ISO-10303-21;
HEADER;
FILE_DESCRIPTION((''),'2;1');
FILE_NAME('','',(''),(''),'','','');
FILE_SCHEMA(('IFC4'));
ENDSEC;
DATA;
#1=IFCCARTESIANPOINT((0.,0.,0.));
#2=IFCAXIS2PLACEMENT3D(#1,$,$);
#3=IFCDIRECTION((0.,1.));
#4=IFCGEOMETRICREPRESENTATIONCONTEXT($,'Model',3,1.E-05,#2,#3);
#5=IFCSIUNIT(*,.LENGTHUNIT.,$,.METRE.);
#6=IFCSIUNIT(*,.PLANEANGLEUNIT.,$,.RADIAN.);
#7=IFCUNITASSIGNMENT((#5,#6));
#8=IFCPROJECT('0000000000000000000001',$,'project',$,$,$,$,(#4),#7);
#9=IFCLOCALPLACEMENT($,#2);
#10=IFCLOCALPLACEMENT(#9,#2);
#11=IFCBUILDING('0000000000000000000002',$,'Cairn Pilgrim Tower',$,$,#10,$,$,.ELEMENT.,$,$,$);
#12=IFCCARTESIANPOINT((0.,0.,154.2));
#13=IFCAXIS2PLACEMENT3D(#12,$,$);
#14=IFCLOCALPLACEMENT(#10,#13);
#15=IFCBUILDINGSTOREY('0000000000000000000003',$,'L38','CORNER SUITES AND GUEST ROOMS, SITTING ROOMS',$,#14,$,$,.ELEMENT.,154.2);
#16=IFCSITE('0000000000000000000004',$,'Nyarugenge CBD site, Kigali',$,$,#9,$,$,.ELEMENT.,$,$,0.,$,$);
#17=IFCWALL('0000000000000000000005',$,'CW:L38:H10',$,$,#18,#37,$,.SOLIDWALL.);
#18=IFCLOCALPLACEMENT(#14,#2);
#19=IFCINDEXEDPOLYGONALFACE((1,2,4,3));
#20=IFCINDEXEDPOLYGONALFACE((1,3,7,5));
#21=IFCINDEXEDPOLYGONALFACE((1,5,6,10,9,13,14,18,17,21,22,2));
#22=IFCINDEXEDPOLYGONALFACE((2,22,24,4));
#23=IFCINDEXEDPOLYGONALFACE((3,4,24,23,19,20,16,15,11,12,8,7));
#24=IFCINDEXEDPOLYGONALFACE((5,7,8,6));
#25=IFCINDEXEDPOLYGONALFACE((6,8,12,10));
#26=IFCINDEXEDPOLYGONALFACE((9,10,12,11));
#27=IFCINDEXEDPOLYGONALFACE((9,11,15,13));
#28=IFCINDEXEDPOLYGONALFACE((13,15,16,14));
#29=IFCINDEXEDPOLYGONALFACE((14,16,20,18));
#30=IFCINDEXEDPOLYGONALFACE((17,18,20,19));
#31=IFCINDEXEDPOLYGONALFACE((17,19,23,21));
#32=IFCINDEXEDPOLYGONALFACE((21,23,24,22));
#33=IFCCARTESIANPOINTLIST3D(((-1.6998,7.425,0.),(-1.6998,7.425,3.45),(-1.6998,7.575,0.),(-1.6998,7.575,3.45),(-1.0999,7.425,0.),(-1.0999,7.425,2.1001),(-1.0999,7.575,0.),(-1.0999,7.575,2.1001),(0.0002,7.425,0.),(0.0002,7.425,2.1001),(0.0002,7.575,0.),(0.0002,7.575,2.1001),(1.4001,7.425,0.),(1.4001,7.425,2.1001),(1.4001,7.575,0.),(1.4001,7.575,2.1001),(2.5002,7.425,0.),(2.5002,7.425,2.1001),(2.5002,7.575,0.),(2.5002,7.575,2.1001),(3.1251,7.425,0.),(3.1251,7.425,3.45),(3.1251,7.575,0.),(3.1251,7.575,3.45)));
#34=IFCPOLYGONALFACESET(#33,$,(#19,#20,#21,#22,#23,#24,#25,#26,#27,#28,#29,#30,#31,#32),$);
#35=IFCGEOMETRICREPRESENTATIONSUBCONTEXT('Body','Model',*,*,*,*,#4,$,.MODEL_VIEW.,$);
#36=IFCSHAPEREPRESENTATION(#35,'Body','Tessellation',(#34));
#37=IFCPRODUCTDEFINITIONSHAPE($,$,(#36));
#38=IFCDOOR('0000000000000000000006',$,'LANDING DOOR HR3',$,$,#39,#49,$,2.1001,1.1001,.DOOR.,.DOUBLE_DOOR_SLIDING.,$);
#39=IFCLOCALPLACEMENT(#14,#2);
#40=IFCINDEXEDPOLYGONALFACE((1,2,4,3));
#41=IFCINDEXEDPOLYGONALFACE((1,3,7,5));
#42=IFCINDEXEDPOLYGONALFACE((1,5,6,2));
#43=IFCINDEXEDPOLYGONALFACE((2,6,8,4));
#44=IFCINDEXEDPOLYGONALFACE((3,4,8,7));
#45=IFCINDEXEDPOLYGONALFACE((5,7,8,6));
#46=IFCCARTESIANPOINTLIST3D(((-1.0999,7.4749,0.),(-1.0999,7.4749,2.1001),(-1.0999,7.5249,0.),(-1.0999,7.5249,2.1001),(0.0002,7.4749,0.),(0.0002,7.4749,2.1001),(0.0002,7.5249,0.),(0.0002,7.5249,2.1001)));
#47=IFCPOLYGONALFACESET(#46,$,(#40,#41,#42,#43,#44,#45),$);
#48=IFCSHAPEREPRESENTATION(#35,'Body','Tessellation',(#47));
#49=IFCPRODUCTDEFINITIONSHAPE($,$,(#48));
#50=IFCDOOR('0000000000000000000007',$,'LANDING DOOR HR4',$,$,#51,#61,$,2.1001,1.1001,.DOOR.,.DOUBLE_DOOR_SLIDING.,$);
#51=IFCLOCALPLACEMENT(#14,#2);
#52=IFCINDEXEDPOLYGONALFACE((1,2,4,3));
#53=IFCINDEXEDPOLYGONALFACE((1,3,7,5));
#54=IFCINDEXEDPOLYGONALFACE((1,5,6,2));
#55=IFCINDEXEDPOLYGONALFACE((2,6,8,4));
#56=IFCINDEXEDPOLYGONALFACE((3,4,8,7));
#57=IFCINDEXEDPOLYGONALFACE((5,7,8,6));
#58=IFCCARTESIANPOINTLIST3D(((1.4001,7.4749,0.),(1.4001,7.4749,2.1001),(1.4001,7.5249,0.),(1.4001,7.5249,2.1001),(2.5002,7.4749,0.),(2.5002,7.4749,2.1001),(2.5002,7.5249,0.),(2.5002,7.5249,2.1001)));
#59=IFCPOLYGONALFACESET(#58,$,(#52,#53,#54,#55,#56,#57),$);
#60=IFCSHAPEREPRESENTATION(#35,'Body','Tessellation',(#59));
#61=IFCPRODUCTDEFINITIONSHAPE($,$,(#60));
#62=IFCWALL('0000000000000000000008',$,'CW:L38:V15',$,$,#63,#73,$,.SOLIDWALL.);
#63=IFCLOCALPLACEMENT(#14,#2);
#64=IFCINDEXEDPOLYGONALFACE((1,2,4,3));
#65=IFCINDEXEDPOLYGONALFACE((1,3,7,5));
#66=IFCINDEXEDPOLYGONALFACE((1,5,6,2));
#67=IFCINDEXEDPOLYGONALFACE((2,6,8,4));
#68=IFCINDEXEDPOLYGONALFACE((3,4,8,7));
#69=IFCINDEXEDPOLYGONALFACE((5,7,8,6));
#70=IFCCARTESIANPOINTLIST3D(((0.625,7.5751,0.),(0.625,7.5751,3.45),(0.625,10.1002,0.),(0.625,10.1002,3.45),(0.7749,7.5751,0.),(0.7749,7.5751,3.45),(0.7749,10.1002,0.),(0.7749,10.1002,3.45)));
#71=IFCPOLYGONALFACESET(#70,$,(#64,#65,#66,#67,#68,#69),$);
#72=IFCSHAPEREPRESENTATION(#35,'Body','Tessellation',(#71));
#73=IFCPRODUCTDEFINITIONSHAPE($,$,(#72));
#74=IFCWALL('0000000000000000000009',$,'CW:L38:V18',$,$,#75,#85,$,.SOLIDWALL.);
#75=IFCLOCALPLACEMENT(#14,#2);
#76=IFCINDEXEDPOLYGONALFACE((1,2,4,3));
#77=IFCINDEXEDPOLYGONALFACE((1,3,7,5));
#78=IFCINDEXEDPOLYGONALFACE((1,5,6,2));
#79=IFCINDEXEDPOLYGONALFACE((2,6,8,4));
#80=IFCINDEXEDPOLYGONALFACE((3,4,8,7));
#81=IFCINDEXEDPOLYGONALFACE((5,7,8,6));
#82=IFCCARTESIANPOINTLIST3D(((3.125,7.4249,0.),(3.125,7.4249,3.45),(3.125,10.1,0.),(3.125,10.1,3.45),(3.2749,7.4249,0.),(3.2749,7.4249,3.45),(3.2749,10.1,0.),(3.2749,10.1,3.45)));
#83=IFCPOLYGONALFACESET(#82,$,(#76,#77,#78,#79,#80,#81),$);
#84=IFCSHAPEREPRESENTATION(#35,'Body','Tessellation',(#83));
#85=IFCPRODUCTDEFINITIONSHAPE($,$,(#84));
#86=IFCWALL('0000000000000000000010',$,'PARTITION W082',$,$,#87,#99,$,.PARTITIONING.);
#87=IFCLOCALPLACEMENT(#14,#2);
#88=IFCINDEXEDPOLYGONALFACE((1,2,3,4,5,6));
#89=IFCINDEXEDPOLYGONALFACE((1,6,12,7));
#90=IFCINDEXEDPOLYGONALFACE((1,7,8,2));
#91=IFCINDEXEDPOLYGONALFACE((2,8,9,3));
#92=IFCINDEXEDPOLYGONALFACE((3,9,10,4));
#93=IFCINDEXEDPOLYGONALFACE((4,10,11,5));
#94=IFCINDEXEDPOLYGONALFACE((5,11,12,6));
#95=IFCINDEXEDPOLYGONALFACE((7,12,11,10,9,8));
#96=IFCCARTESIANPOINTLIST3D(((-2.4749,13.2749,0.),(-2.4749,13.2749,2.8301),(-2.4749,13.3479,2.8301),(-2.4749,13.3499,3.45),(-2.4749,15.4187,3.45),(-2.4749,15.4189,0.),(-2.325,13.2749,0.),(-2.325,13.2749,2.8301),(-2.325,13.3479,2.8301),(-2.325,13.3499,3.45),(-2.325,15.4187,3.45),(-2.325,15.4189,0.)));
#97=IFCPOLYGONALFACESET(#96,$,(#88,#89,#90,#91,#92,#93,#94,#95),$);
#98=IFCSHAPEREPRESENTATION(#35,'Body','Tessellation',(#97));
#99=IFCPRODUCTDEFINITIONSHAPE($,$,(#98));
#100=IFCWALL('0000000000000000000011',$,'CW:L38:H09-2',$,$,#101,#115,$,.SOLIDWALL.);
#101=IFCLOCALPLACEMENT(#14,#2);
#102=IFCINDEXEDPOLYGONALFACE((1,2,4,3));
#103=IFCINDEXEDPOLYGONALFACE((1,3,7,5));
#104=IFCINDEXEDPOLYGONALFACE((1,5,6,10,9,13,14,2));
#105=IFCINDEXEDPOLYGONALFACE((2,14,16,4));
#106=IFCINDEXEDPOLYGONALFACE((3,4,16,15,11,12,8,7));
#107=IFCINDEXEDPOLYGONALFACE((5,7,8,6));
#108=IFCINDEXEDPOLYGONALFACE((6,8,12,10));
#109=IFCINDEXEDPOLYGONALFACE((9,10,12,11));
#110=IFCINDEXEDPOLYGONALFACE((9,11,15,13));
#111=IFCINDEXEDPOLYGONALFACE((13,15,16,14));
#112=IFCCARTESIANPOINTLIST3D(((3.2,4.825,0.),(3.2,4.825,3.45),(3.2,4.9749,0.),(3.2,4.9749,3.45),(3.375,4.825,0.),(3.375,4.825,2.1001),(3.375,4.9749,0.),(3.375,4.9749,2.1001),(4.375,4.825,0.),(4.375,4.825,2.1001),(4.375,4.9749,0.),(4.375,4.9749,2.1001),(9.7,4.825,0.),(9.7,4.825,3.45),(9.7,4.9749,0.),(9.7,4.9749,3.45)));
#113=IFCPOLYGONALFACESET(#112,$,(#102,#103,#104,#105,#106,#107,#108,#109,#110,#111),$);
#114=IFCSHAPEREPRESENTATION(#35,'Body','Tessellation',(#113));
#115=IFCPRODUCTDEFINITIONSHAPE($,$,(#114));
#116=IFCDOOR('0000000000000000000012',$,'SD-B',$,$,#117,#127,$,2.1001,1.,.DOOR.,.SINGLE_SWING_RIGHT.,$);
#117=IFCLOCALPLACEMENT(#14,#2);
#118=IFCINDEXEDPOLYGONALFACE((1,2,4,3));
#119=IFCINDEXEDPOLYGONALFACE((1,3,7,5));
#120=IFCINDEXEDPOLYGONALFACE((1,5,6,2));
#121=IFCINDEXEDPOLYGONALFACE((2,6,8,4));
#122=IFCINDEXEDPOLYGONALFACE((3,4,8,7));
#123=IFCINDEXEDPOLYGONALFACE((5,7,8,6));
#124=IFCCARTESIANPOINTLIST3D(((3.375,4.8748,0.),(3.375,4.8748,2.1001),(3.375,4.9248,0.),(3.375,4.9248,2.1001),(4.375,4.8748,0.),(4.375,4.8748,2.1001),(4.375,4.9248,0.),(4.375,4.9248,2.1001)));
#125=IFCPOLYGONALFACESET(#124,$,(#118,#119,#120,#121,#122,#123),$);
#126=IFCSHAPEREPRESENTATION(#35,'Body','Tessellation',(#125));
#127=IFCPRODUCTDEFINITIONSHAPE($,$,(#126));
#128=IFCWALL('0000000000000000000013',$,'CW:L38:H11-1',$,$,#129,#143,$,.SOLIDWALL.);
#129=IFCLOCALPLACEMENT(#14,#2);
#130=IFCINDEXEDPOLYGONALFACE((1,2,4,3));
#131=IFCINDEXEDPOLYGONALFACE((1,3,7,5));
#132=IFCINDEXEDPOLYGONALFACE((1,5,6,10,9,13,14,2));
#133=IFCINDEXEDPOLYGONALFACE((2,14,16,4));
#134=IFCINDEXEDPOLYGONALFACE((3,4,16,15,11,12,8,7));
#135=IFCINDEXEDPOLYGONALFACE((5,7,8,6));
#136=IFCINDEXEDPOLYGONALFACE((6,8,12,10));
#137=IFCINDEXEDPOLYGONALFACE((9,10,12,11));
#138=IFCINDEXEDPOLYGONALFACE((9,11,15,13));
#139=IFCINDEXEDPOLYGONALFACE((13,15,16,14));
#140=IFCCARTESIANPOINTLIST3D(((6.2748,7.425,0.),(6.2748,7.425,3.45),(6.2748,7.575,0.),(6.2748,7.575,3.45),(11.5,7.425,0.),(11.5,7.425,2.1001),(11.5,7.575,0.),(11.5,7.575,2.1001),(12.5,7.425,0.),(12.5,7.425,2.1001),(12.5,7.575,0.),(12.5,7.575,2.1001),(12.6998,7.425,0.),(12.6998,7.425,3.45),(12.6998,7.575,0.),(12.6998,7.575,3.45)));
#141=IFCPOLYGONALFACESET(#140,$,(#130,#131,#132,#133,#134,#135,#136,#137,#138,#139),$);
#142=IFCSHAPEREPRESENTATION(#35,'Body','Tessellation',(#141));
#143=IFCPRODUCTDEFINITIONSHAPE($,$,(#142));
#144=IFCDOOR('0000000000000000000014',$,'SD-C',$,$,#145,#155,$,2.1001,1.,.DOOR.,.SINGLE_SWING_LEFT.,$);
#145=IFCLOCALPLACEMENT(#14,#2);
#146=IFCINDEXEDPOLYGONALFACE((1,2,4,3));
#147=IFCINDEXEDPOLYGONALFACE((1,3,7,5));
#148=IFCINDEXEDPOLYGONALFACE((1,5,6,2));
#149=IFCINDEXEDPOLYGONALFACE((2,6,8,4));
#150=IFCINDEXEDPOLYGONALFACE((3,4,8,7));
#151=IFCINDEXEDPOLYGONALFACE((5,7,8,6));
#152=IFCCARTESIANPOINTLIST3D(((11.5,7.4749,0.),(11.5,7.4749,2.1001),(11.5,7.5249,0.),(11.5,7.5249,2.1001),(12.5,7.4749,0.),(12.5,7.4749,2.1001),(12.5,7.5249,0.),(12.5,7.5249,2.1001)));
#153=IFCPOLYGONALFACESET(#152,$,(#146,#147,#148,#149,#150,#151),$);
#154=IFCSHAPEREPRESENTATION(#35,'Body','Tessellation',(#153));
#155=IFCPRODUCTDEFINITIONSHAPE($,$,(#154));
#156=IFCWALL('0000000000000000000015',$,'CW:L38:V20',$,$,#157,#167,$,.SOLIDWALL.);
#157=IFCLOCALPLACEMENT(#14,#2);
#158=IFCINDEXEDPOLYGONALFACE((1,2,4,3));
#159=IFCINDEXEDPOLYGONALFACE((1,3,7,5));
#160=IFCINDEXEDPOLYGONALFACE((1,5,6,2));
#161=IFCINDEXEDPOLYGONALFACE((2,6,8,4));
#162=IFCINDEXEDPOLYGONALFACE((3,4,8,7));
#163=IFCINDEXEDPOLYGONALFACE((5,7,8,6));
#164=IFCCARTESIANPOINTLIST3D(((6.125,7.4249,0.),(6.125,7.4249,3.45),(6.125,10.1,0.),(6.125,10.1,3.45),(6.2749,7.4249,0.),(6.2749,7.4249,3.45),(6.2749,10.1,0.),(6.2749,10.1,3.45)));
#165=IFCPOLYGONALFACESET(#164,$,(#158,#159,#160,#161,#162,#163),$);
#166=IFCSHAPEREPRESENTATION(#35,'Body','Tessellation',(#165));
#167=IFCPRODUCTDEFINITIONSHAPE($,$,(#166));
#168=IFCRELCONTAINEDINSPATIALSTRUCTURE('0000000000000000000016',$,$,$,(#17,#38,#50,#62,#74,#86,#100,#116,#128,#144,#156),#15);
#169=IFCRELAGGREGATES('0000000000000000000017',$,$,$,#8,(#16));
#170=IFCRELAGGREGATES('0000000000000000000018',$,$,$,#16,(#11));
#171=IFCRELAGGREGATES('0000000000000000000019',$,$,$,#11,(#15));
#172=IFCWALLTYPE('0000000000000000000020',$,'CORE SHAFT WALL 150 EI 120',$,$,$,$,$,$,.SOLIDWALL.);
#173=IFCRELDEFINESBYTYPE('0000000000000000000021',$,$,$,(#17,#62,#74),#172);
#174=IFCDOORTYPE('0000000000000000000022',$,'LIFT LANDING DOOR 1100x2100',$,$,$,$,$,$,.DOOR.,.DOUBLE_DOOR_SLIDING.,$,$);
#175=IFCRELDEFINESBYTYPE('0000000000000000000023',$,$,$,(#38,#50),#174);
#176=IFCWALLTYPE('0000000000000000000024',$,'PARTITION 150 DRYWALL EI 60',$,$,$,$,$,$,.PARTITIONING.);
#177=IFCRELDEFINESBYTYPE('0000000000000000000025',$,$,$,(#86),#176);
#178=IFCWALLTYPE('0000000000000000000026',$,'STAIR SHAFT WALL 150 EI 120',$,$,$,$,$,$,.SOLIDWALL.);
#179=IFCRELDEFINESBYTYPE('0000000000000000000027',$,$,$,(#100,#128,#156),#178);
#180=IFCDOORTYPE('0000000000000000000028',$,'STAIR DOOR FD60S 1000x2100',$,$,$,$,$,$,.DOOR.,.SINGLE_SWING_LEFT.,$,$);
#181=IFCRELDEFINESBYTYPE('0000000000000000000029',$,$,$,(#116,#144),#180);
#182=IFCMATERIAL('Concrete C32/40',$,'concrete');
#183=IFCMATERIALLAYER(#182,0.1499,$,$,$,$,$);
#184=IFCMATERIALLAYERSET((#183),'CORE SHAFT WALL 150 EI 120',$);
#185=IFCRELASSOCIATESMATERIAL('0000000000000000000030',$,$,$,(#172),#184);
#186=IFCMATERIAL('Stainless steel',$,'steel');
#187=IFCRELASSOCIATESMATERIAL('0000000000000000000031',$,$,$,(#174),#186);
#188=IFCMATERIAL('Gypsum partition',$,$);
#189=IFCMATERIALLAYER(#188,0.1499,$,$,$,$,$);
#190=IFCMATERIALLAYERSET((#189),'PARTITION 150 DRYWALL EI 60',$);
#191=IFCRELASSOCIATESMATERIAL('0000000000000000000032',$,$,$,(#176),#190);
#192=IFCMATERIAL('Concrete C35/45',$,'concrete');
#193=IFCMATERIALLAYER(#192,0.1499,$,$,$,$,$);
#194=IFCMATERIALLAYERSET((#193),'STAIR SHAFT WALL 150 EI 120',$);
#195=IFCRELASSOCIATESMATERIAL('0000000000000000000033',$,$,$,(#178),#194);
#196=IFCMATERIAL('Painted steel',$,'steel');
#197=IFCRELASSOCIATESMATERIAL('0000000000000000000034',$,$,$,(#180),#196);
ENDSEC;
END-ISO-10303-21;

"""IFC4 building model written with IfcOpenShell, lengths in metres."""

from ifc_helpers import new_model, si_unit, direction, frame, frame_2d, origin, place, context, subcontext, project, spatial, polyline, rectangle, outline, extrude, material, layer, layer_set, type_object, element, fill, save


model = new_model("IFC4")

# Units and contexts
model_context = context("Model", 3, precision=1e-05, world=origin(), true_north=direction((0.0, 1.0)))
body_context = subcontext(model_context, "Body", "Model", "MODEL_VIEW")
ifc_project = project(units=[si_unit("LENGTHUNIT", "METRE"), si_unit("PLANEANGLEUNIT", "RADIAN")], contexts=[model_context])

# Site, building, storey
site_placement = place(None, origin())
site = spatial("IfcSite", under=ifc_project, at=site_placement, Name="Nyarugenge CBD site, Kigali", CompositionType="ELEMENT", RefElevation=0.0)
building_placement = place(site_placement, origin())
building = spatial("IfcBuilding", under=site, at=building_placement, Name="Cairn Pilgrim Tower", CompositionType="ELEMENT")
storey_placement = place(building_placement, frame((0.0, 0.0, 154.2)))
storey = spatial("IfcBuildingStorey", under=building, at=storey_placement, Name="L38", Description="CORNER SUITES AND GUEST ROOMS, SITTING ROOMS", CompositionType="ELEMENT", Elevation=154.2)

# Shared definitions
ifc_material_1 = material(Name="Concrete C32/40", Category="concrete")

# Wall, openings, doors
ifc_layer_1 = layer(ifc_material_1, 0.1499)
ifc_layer_set_1 = layer_set([ifc_layer_1], Name="CORE SHAFT WALL 150 EI 120")
wall_type_1 = type_object("IfcWallType", Name="CORE SHAFT WALL 150 EI 120", PredefinedType="SOLIDWALL", material=ifc_layer_set_1)
ifc_material_2 = material(Name="Stainless steel", Category="steel")
door_type_1 = type_object("IfcDoorType", Name="LIFT LANDING DOOR 1100x2100", OperationType="DOUBLE_DOOR_SLIDING", PredefinedType="DOOR", material=ifc_material_2)
wall_1_placement = place(storey_placement, frame((-1.7, 7.5, 0.0), z_axis=(0.0, 0.0, 1.0), x_axis=(1.0, 0.0, 0.0)))
wall_1 = element("IfcWall", 1, at=wall_1_placement, inside=storey, type_object=wall_type_1, Name="CW:L38:H10", PredefinedType="SOLIDWALL", context=body_context, shape_type="SweptSolid", body=[
    extrude(rectangle(XDim=4.825, YDim=0.1499, at=frame_2d((2.4126, 0.0))), origin(), (0.0, 0.0, 1.0), 3.45),
])
opening_1_placement = place(wall_1_placement, frame((0.6001, 0.0, 0.0)))
opening_1 = element("IfcOpeningElement", 2, at=opening_1_placement, cuts=wall_1, PredefinedType="OPENING", context=body_context, shape_type="SweptSolid", body=[
    extrude(rectangle(XDim=1.1001, YDim=2.1001, at=frame_2d((0.55, 1.05))), frame((0.0, 0.085, 0.0), z_axis=(0.0, -1.0, 0.0), x_axis=(1.0, 0.0, 0.0)), (0.0, 0.0, 1.0), 0.1699),
])
opening_2_placement = place(wall_1_placement, frame((3.1001, 0.0, 0.0)))
opening_2 = element("IfcOpeningElement", 3, at=opening_2_placement, cuts=wall_1, PredefinedType="OPENING", context=body_context, shape_type="SweptSolid", body=[
    extrude(rectangle(XDim=1.1001, YDim=2.1001, at=frame_2d((0.55, 1.05))), frame((0.0, 0.085, 0.0), z_axis=(0.0, -1.0, 0.0), x_axis=(1.0, 0.0, 0.0)), (0.0, 0.0, 1.0), 0.1699),
])
door_1_placement = place(opening_1_placement, origin())
door_1 = element("IfcDoor", 4, at=door_1_placement, inside=storey, type_object=door_type_1, Name="LANDING DOOR HR3", OperationType="DOUBLE_DOOR_SLIDING", OverallHeight=2.1001, OverallWidth=1.1001, PredefinedType="DOOR", context=body_context, shape_type="SweptSolid", body=[
    extrude(rectangle(XDim=1.1001, YDim=2.1001, at=frame_2d((0.55, 1.05))), frame((0.0, 0.0249, 0.0), z_axis=(0.0, -1.0, 0.0), x_axis=(1.0, 0.0, 0.0)), (0.0, 0.0, 1.0), 0.05),
])
fill(opening_1, door_1)
door_2_placement = place(opening_2_placement, origin())
door_2 = element("IfcDoor", 5, at=door_2_placement, inside=storey, type_object=door_type_1, Name="LANDING DOOR HR4", OperationType="DOUBLE_DOOR_SLIDING", OverallHeight=2.1001, OverallWidth=1.1001, PredefinedType="DOOR", context=body_context, shape_type="SweptSolid", body=[
    extrude(rectangle(XDim=1.1001, YDim=2.1001, at=frame_2d((0.55, 1.05))), frame((0.0, 0.0249, 0.0), z_axis=(0.0, -1.0, 0.0), x_axis=(1.0, 0.0, 0.0)), (0.0, 0.0, 1.0), 0.05),
])
fill(opening_2, door_2)

# Walls
wall_2_placement = place(storey_placement, frame((0.7, 7.575, 0.0), z_axis=(0.0, 0.0, 1.0), x_axis=(0.0, 1.0, 0.0)))
element("IfcWall", 6, at=wall_2_placement, inside=storey, type_object=wall_type_1, Name="CW:L38:V15", PredefinedType="SOLIDWALL", context=body_context, shape_type="SweptSolid", body=[
    extrude(rectangle(XDim=2.5251, YDim=0.1499, at=frame_2d((1.2627, 0.0))), origin(), (0.0, 0.0, 1.0), 3.45),
])
wall_3_placement = place(storey_placement, frame((3.2, 7.425, 0.0), z_axis=(0.0, 0.0, 1.0), x_axis=(0.0, 1.0, 0.0)))
element("IfcWall", 7, at=wall_3_placement, inside=storey, type_object=wall_type_1, Name="CW:L38:V18", PredefinedType="SOLIDWALL", context=body_context, shape_type="SweptSolid", body=[
    extrude(rectangle(XDim=2.675, YDim=0.1499, at=frame_2d((1.3374, 0.0))), origin(), (0.0, 0.0, 1.0), 3.45),
])
ifc_material_3 = material(Name="Gypsum partition")
ifc_layer_2 = layer(ifc_material_3, 0.1499)
ifc_layer_set_2 = layer_set([ifc_layer_2], Name="PARTITION 150 DRYWALL EI 60")
wall_type_2 = type_object("IfcWallType", Name="PARTITION 150 DRYWALL EI 60", PredefinedType="PARTITIONING", material=ifc_layer_set_2)
wall_4_placement = place(storey_placement, frame((-2.3999, 13.2749, 0.0), z_axis=(0.0, 0.0, 1.0), x_axis=(0.0, 1.0, 0.0)))
element("IfcWall", 8, at=wall_4_placement, inside=storey, type_object=wall_type_2, Name="PARTITION W082", PredefinedType="PARTITIONING", context=body_context, shape_type="SweptSolid", body=[
    extrude(outline(polyline([(0.0, 0.0), (2.144, 0.0), (2.1438, 3.45), (0.075, 3.45), (0.073, 2.8301), (0.0, 2.8301), (0.0, 0.0)])), frame((0.0, 0.075, 0.0), z_axis=(0.0, -1.0, 0.0), x_axis=(1.0, 0.0, 0.0)), (0.0, 0.0, 1.0), 0.1499),
])

# Walls, openings, doors
ifc_material_4 = material(Name="Concrete C35/45", Category="concrete")
ifc_layer_3 = layer(ifc_material_4, 0.1499)
ifc_layer_set_3 = layer_set([ifc_layer_3], Name="STAIR SHAFT WALL 150 EI 120")
wall_type_3 = type_object("IfcWallType", Name="STAIR SHAFT WALL 150 EI 120", PredefinedType="SOLIDWALL", material=ifc_layer_set_3)
wall_5_placement = place(storey_placement, frame((3.2, 4.8999, 0.0), z_axis=(0.0, 0.0, 1.0), x_axis=(1.0, 0.0, 0.0)))
wall_5 = element("IfcWall", 9, at=wall_5_placement, inside=storey, type_object=wall_type_3, Name="CW:L38:H09-2", PredefinedType="SOLIDWALL", context=body_context, shape_type="SweptSolid", body=[
    extrude(rectangle(XDim=6.5, YDim=0.1499, at=frame_2d((3.25, 0.0))), origin(), (0.0, 0.0, 1.0), 3.45),
])
opening_3_placement = place(wall_5_placement, frame((0.175, 0.0, 0.0)))
opening_3 = element("IfcOpeningElement", 10, at=opening_3_placement, cuts=wall_5, PredefinedType="OPENING", context=body_context, shape_type="SweptSolid", body=[
    extrude(rectangle(XDim=1.0, YDim=2.1001, at=frame_2d((0.5, 1.05))), frame((0.0, 0.085, 0.0), z_axis=(0.0, -1.0, 0.0), x_axis=(1.0, 0.0, 0.0)), (0.0, 0.0, 1.0), 0.1699),
])
ifc_material_5 = material(Name="Painted steel", Category="steel")
door_type_2 = type_object("IfcDoorType", Name="STAIR DOOR FD60S 1000x2100", OperationType="SINGLE_SWING_LEFT", PredefinedType="DOOR", material=ifc_material_5)
door_3_placement = place(opening_3_placement, origin())
door_3 = element("IfcDoor", 11, at=door_3_placement, inside=storey, type_object=door_type_2, Name="SD-B", OperationType="SINGLE_SWING_RIGHT", OverallHeight=2.1001, OverallWidth=1.0, PredefinedType="DOOR", context=body_context, shape_type="SweptSolid", body=[
    extrude(rectangle(XDim=1.0, YDim=2.1001, at=frame_2d((0.5, 1.05))), frame((0.0, 0.0249, 0.0), z_axis=(0.0, -1.0, 0.0), x_axis=(1.0, 0.0, 0.0)), (0.0, 0.0, 1.0), 0.05),
])
fill(opening_3, door_3)
wall_6_placement = place(storey_placement, frame((6.2749, 7.5, 0.0), z_axis=(0.0, 0.0, 1.0), x_axis=(1.0, 0.0, 0.0)))
wall_6 = element("IfcWall", 12, at=wall_6_placement, inside=storey, type_object=wall_type_3, Name="CW:L38:H11-1", PredefinedType="SOLIDWALL", context=body_context, shape_type="SweptSolid", body=[
    extrude(rectangle(XDim=6.425, YDim=0.1499, at=frame_2d((3.2124, 0.0))), origin(), (0.0, 0.0, 1.0), 3.45),
])
opening_4_placement = place(wall_6_placement, frame((5.2251, 0.0, 0.0)))
opening_4 = element("IfcOpeningElement", 13, at=opening_4_placement, cuts=wall_6, PredefinedType="OPENING", context=body_context, shape_type="SweptSolid", body=[
    extrude(rectangle(XDim=1.0, YDim=2.1001, at=frame_2d((0.5, 1.05))), frame((0.0, 0.085, 0.0), z_axis=(0.0, -1.0, 0.0), x_axis=(1.0, 0.0, 0.0)), (0.0, 0.0, 1.0), 0.1699),
])
door_4_placement = place(opening_4_placement, origin())
door_4 = element("IfcDoor", 14, at=door_4_placement, inside=storey, type_object=door_type_2, Name="SD-C", OperationType="SINGLE_SWING_LEFT", OverallHeight=2.1001, OverallWidth=1.0, PredefinedType="DOOR", context=body_context, shape_type="SweptSolid", body=[
    extrude(rectangle(XDim=1.0, YDim=2.1001, at=frame_2d((0.5, 1.05))), frame((0.0, 0.0249, 0.0), z_axis=(0.0, -1.0, 0.0), x_axis=(1.0, 0.0, 0.0)), (0.0, 0.0, 1.0), 0.05),
])
fill(opening_4, door_4)

# Wall
wall_7_placement = place(storey_placement, frame((6.2, 7.425, 0.0), z_axis=(0.0, 0.0, 1.0), x_axis=(0.0, 1.0, 0.0)))
element("IfcWall", 15, at=wall_7_placement, inside=storey, type_object=wall_type_3, Name="CW:L38:V20", PredefinedType="SOLIDWALL", context=body_context, shape_type="SweptSolid", body=[
    extrude(rectangle(XDim=2.675, YDim=0.1499, at=frame_2d((1.3374, 0.0))), origin(), (0.0, 0.0, 1.0), 3.45),
])

save(model, "model.ifc")
